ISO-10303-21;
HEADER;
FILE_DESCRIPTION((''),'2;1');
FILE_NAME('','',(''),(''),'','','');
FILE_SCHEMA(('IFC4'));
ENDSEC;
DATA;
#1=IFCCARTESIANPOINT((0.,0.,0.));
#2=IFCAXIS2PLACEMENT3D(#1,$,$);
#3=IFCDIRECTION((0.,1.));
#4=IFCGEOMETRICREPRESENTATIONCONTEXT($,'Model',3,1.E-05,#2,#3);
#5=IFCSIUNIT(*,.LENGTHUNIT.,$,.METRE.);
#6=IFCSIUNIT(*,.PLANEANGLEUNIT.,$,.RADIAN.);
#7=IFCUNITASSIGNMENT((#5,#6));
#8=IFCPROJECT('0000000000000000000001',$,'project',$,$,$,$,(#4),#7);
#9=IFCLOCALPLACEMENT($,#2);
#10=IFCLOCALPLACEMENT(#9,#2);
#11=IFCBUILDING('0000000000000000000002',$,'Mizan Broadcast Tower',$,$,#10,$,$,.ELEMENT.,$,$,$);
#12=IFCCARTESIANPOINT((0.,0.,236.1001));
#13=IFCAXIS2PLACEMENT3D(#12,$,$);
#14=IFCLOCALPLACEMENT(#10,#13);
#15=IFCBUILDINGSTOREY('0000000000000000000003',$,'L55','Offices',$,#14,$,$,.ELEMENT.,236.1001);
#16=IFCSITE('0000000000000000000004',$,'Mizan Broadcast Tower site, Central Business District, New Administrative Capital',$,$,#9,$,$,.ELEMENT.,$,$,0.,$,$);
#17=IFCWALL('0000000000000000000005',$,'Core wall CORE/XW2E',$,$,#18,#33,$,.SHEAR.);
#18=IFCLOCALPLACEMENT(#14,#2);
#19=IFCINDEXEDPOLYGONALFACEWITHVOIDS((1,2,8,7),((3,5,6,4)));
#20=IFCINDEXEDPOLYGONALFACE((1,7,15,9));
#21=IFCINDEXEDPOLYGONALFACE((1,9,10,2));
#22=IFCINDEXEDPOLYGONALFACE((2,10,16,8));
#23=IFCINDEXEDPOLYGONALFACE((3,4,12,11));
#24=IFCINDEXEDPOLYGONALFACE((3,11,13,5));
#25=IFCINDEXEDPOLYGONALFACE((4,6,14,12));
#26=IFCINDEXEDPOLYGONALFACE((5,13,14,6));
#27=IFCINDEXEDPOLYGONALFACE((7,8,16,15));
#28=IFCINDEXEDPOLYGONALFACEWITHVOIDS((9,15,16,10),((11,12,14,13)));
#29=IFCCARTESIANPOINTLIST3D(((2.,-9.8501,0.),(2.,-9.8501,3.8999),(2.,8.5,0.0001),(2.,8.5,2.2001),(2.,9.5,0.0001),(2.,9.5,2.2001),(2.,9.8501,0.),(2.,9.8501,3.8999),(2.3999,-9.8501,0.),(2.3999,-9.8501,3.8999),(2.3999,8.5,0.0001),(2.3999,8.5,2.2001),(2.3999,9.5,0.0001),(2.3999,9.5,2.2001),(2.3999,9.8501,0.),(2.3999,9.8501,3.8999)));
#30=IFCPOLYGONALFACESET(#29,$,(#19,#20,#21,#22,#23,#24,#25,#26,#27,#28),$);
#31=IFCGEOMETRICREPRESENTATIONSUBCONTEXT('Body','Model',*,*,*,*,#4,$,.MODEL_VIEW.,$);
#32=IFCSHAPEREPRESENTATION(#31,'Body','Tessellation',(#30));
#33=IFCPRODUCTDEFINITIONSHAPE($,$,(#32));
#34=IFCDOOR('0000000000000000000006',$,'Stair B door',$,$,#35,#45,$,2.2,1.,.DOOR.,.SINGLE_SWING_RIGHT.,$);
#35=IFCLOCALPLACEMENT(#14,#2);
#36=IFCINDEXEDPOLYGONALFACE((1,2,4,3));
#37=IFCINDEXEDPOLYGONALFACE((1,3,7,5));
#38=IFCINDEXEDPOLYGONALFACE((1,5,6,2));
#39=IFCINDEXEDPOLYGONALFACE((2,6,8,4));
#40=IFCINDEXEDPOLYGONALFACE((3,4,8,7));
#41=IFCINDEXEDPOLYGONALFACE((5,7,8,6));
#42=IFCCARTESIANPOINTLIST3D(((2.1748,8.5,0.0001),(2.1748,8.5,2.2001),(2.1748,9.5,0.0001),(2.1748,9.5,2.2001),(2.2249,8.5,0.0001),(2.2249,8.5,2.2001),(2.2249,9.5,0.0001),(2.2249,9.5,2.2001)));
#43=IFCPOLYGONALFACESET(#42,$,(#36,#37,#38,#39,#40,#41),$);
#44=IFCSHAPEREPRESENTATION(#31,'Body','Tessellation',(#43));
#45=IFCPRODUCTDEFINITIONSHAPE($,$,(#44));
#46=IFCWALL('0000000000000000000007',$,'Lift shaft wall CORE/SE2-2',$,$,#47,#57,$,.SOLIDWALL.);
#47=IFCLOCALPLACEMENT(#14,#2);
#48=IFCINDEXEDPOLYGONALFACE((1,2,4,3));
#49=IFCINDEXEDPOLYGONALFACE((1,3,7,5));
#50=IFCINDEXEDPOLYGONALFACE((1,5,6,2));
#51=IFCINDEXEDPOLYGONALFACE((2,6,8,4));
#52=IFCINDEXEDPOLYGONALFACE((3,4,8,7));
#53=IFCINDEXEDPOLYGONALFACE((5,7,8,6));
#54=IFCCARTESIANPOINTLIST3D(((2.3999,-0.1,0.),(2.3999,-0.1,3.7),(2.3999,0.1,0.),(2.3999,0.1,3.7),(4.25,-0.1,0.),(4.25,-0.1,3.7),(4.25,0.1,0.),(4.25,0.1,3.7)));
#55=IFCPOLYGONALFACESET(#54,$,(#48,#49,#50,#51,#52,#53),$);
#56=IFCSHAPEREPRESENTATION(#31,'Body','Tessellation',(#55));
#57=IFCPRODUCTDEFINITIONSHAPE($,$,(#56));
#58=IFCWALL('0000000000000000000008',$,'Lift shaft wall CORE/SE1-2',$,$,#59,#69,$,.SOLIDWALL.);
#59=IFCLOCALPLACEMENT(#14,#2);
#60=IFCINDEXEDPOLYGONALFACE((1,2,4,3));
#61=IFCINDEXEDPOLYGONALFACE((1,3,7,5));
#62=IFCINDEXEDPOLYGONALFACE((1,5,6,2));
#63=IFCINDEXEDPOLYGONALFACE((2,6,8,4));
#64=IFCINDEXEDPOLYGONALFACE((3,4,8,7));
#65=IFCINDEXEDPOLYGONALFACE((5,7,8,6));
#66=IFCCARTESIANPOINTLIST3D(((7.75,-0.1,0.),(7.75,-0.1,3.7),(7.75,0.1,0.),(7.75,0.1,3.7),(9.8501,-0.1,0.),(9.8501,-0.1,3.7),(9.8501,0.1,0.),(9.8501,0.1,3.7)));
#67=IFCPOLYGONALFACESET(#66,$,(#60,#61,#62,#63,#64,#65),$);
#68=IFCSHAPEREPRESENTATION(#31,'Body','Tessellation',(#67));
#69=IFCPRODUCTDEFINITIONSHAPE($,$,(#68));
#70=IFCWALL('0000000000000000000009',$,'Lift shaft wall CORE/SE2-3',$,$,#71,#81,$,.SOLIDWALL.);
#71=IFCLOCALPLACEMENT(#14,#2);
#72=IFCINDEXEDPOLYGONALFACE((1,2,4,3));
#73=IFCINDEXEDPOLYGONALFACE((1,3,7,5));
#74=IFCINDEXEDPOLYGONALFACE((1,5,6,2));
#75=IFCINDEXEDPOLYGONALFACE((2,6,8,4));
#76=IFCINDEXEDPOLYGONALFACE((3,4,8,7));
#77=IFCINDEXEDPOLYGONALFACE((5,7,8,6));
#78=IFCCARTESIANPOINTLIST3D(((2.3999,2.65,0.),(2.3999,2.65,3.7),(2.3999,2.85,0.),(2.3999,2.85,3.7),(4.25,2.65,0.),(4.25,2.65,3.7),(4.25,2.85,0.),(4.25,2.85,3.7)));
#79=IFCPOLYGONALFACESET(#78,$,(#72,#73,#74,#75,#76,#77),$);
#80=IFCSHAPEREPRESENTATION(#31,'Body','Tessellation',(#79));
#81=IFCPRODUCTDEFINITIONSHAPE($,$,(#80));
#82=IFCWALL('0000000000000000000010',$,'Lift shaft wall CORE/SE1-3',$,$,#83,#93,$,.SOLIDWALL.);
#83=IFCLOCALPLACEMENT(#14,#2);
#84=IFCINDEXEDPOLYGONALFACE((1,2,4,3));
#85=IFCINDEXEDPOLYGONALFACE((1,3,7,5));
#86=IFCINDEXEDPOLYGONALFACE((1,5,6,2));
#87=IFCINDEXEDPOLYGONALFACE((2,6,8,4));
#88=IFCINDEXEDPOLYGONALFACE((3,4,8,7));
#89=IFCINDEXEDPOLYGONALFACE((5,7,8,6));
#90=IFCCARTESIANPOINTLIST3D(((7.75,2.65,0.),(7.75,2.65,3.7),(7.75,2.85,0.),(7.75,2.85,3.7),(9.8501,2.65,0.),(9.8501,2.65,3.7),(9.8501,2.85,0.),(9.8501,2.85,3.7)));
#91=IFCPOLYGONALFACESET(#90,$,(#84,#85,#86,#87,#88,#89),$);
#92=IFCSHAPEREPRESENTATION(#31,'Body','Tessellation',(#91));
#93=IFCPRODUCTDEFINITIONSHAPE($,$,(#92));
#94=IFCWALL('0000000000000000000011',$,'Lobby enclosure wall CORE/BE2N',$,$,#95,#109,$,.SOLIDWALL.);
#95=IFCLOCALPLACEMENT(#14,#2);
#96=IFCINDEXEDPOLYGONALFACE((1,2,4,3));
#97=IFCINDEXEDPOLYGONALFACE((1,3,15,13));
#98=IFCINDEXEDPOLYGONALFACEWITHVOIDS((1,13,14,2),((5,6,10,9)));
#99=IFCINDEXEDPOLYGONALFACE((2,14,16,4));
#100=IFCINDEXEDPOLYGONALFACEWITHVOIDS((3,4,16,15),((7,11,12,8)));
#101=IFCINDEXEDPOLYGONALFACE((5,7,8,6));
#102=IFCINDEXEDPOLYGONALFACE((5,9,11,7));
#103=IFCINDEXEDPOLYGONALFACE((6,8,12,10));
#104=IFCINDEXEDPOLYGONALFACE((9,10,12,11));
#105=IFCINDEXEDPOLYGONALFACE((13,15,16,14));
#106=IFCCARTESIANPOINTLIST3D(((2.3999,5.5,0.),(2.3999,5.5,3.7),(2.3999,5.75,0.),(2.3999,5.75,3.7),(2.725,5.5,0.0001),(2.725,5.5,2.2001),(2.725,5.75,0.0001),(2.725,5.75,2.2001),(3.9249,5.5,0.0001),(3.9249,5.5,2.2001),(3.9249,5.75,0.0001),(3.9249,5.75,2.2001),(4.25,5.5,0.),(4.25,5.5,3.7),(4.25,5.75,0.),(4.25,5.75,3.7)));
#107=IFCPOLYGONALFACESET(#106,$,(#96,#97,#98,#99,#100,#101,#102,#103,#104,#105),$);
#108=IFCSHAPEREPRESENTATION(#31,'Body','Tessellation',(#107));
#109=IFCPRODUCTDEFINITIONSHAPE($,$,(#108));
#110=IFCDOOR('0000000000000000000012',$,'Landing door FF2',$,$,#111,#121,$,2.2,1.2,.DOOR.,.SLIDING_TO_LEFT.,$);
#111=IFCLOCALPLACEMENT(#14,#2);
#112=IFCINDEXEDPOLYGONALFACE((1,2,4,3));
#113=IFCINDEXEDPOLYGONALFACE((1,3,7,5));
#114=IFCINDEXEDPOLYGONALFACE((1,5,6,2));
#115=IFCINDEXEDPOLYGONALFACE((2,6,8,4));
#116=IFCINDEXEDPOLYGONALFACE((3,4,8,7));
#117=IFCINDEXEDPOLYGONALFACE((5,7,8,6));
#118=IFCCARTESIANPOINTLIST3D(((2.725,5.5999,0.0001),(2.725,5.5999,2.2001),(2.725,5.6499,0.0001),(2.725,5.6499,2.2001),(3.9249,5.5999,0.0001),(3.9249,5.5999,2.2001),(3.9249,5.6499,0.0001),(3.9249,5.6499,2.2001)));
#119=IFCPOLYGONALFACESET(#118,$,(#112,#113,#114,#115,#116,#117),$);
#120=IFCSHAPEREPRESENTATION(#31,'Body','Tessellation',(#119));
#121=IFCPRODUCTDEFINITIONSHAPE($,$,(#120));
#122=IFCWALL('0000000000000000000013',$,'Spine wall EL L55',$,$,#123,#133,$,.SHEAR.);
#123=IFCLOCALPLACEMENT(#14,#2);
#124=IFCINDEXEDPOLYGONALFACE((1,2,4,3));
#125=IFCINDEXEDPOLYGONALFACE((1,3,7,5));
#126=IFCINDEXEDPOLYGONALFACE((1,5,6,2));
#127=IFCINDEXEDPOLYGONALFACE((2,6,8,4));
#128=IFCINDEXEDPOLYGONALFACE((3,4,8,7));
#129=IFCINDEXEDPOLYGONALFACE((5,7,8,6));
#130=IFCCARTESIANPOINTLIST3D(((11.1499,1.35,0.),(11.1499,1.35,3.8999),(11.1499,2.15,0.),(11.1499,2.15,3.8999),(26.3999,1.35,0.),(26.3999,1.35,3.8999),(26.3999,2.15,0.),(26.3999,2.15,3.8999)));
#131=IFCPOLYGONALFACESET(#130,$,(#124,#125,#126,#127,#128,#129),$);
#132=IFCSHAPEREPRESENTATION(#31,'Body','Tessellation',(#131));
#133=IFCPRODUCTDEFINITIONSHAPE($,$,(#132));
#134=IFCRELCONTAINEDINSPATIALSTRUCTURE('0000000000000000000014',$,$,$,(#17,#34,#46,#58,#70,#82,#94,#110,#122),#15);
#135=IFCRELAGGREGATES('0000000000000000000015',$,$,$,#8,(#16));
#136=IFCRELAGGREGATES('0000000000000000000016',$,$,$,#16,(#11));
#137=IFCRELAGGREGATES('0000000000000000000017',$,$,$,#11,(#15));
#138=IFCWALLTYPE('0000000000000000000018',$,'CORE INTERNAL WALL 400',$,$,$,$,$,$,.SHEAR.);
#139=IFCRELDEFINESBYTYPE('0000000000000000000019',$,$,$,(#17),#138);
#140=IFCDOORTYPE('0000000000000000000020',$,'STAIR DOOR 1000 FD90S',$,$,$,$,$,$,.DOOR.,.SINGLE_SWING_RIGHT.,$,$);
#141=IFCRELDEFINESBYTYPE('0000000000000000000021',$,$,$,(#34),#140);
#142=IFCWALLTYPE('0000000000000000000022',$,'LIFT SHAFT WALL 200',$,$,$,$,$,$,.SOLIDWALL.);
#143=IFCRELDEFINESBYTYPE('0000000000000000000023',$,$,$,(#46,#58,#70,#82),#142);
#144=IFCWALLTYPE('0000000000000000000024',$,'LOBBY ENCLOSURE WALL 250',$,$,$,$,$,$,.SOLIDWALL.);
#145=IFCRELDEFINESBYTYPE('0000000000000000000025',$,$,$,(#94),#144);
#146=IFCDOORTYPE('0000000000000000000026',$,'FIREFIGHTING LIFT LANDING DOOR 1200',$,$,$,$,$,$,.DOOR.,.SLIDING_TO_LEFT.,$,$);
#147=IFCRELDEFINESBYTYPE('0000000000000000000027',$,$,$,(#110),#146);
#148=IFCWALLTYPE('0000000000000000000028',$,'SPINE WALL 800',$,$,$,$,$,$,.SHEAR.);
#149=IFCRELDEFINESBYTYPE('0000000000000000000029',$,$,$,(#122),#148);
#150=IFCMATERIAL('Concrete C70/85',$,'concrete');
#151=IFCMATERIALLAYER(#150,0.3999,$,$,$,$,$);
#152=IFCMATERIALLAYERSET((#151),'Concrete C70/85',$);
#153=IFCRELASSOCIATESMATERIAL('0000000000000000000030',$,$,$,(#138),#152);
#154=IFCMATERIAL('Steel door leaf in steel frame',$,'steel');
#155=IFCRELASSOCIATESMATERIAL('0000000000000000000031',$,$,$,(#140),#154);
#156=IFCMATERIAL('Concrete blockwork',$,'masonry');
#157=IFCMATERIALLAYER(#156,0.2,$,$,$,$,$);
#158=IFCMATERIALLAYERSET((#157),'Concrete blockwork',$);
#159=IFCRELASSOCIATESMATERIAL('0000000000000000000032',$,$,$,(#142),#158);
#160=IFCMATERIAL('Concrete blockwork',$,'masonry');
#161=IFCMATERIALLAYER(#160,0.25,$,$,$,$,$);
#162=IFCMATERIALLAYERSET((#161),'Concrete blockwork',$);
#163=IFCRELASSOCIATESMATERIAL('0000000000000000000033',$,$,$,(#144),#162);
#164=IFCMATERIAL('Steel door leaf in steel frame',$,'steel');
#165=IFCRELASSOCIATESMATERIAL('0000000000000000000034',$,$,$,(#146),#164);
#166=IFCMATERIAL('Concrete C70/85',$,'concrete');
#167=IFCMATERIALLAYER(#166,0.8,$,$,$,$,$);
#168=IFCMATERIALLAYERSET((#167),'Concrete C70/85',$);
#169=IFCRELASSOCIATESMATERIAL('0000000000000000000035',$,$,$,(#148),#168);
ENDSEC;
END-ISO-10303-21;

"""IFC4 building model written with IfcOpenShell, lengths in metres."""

from ifc_helpers import new_model, si_unit, direction, frame, frame_2d, origin, place, context, subcontext, project, spatial, rectangle, extrude, material, layer, layer_set, type_object, element, fill, save


model = new_model("IFC4")

# Units and contexts
model_context = context("Model", 3, precision=1e-05, world=origin(), true_north=direction((0.0, 1.0)))
body_context = subcontext(model_context, "Body", "Model", "MODEL_VIEW")
ifc_project = project(units=[si_unit("LENGTHUNIT", "METRE"), si_unit("PLANEANGLEUNIT", "RADIAN")], contexts=[model_context])

# Site, building, storey
site_placement = place(None, origin())
site = spatial("IfcSite", under=ifc_project, at=site_placement, Name="Mizan Broadcast Tower site, Central Business District, New Administrative Capital", CompositionType="ELEMENT", RefElevation=0.0)
building_placement = place(site_placement, origin())
building = spatial("IfcBuilding", under=site, at=building_placement, Name="Mizan Broadcast Tower", CompositionType="ELEMENT")
storey_placement = place(building_placement, frame((0.0, 0.0, 236.1001)))
storey = spatial("IfcBuildingStorey", under=building, at=storey_placement, Name="L55", Description="Offices", CompositionType="ELEMENT", Elevation=236.1001)

# Wall, opening, door
ifc_material_1 = material(Name="Concrete C70/85", Category="concrete")
ifc_layer_1 = layer(ifc_material_1, 0.3999)
ifc_layer_set_1 = layer_set([ifc_layer_1], Name="Concrete C70/85")
wall_type_1 = type_object("IfcWallType", Name="CORE INTERNAL WALL 400", PredefinedType="SHEAR", material=ifc_layer_set_1)
wall_1_placement = place(storey_placement, frame((2.2, 9.8501, 0.0), z_axis=(0.0, 0.0, 1.0), x_axis=(0.0, -1.0, 0.0)))
wall_1 = element("IfcWall", 1, at=wall_1_placement, inside=storey, type_object=wall_type_1, Name="Core wall CORE/XW2E", PredefinedType="SHEAR", context=body_context, shape_type="SweptSolid", body=[
    extrude(rectangle(XDim=19.7002, YDim=0.3999, at=frame_2d((9.8501, 0.0))), origin(), (0.0, 0.0, 1.0), 3.8999),
])
opening_1_placement = place(wall_1_placement, frame((0.3501, 0.0, 0.0)))
opening_1 = element("IfcOpeningElement", 2, at=opening_1_placement, cuts=wall_1, PredefinedType="OPENING", context=body_context, shape_type="SweptSolid", body=[
    extrude(rectangle(XDim=1.0, YDim=2.2, at=frame_2d((0.5, 1.1001))), frame((0.0, 0.21, 0.0), z_axis=(0.0, -1.0, 0.0), x_axis=(1.0, 0.0, 0.0)), (0.0, 0.0, 1.0), 0.4199),
])
ifc_material_2 = material(Name="Steel door leaf in steel frame", Category="steel")
door_type_1 = type_object("IfcDoorType", Name="STAIR DOOR 1000 FD90S", OperationType="SINGLE_SWING_RIGHT", PredefinedType="DOOR", material=ifc_material_2)
door_1_placement = place(opening_1_placement, origin())
door_1 = element("IfcDoor", 3, at=door_1_placement, inside=storey, type_object=door_type_1, Name="Stair B door", OperationType="SINGLE_SWING_RIGHT", OverallHeight=2.2, OverallWidth=1.0, PredefinedType="DOOR", context=body_context, shape_type="SweptSolid", body=[
    extrude(rectangle(XDim=1.0, YDim=2.2, at=frame_2d((0.5, 1.1001))), frame((0.0, 0.0249, 0.0), z_axis=(0.0, -1.0, 0.0), x_axis=(1.0, 0.0, 0.0)), (0.0, 0.0, 1.0), 0.05),
])
fill(opening_1, door_1)

# Walls
ifc_material_3 = material(Name="Concrete blockwork", Category="masonry")
ifc_layer_2 = layer(ifc_material_3, 0.2)
ifc_layer_set_2 = layer_set([ifc_layer_2], Name="Concrete blockwork")
wall_type_2 = type_object("IfcWallType", Name="LIFT SHAFT WALL 200", PredefinedType="SOLIDWALL", material=ifc_layer_set_2)
wall_2_placement = place(storey_placement, frame((2.3999, 0.0, 0.0), z_axis=(0.0, 0.0, 1.0), x_axis=(1.0, 0.0, 0.0)))
element("IfcWall", 4, at=wall_2_placement, inside=storey, type_object=wall_type_2, Name="Lift shaft wall CORE/SE2-2", PredefinedType="SOLIDWALL", context=body_context, shape_type="SweptSolid", body=[
    extrude(rectangle(XDim=1.8501, YDim=0.2, at=frame_2d((0.925, 0.0))), origin(), (0.0, 0.0, 1.0), 3.7),
])
wall_3_placement = place(storey_placement, frame((7.75, 0.0, 0.0), z_axis=(0.0, 0.0, 1.0), x_axis=(1.0, 0.0, 0.0)))
element("IfcWall", 5, at=wall_3_placement, inside=storey, type_object=wall_type_2, Name="Lift shaft wall CORE/SE1-2", PredefinedType="SOLIDWALL", context=body_context, shape_type="SweptSolid", body=[
    extrude(rectangle(XDim=2.1001, YDim=0.2, at=frame_2d((1.05, 0.0))), origin(), (0.0, 0.0, 1.0), 3.7),
])
wall_4_placement = place(storey_placement, frame((2.3999, 2.75, 0.0), z_axis=(0.0, 0.0, 1.0), x_axis=(1.0, 0.0, 0.0)))
element("IfcWall", 6, at=wall_4_placement, inside=storey, type_object=wall_type_2, Name="Lift shaft wall CORE/SE2-3", PredefinedType="SOLIDWALL", context=body_context, shape_type="SweptSolid", body=[
    extrude(rectangle(XDim=1.8501, YDim=0.2, at=frame_2d((0.925, 0.0))), origin(), (0.0, 0.0, 1.0), 3.7),
])
wall_5_placement = place(storey_placement, frame((7.75, 2.75, 0.0), z_axis=(0.0, 0.0, 1.0), x_axis=(1.0, 0.0, 0.0)))
element("IfcWall", 7, at=wall_5_placement, inside=storey, type_object=wall_type_2, Name="Lift shaft wall CORE/SE1-3", PredefinedType="SOLIDWALL", context=body_context, shape_type="SweptSolid", body=[
    extrude(rectangle(XDim=2.1001, YDim=0.2, at=frame_2d((1.05, 0.0))), origin(), (0.0, 0.0, 1.0), 3.7),
])

# Wall, opening, door
ifc_material_4 = material(Name="Concrete blockwork", Category="masonry")
ifc_layer_3 = layer(ifc_material_4, 0.25)
ifc_layer_set_3 = layer_set([ifc_layer_3], Name="Concrete blockwork")
wall_type_3 = type_object("IfcWallType", Name="LOBBY ENCLOSURE WALL 250", PredefinedType="SOLIDWALL", material=ifc_layer_set_3)
wall_6_placement = place(storey_placement, frame((2.3999, 5.625, 0.0), z_axis=(0.0, 0.0, 1.0), x_axis=(1.0, 0.0, 0.0)))
wall_6 = element("IfcWall", 8, at=wall_6_placement, inside=storey, type_object=wall_type_3, Name="Lobby enclosure wall CORE/BE2N", PredefinedType="SOLIDWALL", context=body_context, shape_type="SweptSolid", body=[
    extrude(rectangle(XDim=1.8501, YDim=0.25, at=frame_2d((0.925, 0.0))), origin(), (0.0, 0.0, 1.0), 3.7),
])
opening_2_placement = place(wall_6_placement, frame((0.325, 0.0, 0.0)))
opening_2 = element("IfcOpeningElement", 9, at=opening_2_placement, cuts=wall_6, PredefinedType="OPENING", context=body_context, shape_type="SweptSolid", body=[
    extrude(rectangle(XDim=1.2, YDim=2.2, at=frame_2d((0.6001, 1.1001))), frame((0.0, 0.135, 0.0), z_axis=(0.0, -1.0, 0.0), x_axis=(1.0, 0.0, 0.0)), (0.0, 0.0, 1.0), 0.27),
])
ifc_material_5 = material(Name="Steel door leaf in steel frame", Category="steel")
door_type_2 = type_object("IfcDoorType", Name="FIREFIGHTING LIFT LANDING DOOR 1200", OperationType="SLIDING_TO_LEFT", PredefinedType="DOOR", material=ifc_material_5)
door_2_placement = place(opening_2_placement, origin())
door_2 = element("IfcDoor", 10, at=door_2_placement, inside=storey, type_object=door_type_2, Name="Landing door FF2", OperationType="SLIDING_TO_LEFT", OverallHeight=2.2, OverallWidth=1.2, PredefinedType="DOOR", context=body_context, shape_type="SweptSolid", body=[
    extrude(rectangle(XDim=1.2, YDim=2.2, at=frame_2d((0.6001, 1.1001))), frame((0.0, 0.0249, 0.0), z_axis=(0.0, -1.0, 0.0), x_axis=(1.0, 0.0, 0.0)), (0.0, 0.0, 1.0), 0.05),
])
fill(opening_2, door_2)

# Wall
ifc_material_6 = material(Name="Concrete C70/85", Category="concrete")
ifc_layer_4 = layer(ifc_material_6, 0.8)
ifc_layer_set_4 = layer_set([ifc_layer_4], Name="Concrete C70/85")
wall_type_4 = type_object("IfcWallType", Name="SPINE WALL 800", PredefinedType="SHEAR", material=ifc_layer_set_4)
wall_7_placement = place(storey_placement, frame((11.1499, 1.75, 0.0), z_axis=(0.0, 0.0, 1.0), x_axis=(1.0, 0.0, 0.0)))
element("IfcWall", 11, at=wall_7_placement, inside=storey, type_object=wall_type_4, Name="Spine wall EL L55", PredefinedType="SHEAR", context=body_context, shape_type="SweptSolid", body=[
    extrude(rectangle(XDim=15.25, YDim=0.8, at=frame_2d((7.625, 0.0))), origin(), (0.0, 0.0, 1.0), 3.8999),
])

save(model, "model.ifc")
